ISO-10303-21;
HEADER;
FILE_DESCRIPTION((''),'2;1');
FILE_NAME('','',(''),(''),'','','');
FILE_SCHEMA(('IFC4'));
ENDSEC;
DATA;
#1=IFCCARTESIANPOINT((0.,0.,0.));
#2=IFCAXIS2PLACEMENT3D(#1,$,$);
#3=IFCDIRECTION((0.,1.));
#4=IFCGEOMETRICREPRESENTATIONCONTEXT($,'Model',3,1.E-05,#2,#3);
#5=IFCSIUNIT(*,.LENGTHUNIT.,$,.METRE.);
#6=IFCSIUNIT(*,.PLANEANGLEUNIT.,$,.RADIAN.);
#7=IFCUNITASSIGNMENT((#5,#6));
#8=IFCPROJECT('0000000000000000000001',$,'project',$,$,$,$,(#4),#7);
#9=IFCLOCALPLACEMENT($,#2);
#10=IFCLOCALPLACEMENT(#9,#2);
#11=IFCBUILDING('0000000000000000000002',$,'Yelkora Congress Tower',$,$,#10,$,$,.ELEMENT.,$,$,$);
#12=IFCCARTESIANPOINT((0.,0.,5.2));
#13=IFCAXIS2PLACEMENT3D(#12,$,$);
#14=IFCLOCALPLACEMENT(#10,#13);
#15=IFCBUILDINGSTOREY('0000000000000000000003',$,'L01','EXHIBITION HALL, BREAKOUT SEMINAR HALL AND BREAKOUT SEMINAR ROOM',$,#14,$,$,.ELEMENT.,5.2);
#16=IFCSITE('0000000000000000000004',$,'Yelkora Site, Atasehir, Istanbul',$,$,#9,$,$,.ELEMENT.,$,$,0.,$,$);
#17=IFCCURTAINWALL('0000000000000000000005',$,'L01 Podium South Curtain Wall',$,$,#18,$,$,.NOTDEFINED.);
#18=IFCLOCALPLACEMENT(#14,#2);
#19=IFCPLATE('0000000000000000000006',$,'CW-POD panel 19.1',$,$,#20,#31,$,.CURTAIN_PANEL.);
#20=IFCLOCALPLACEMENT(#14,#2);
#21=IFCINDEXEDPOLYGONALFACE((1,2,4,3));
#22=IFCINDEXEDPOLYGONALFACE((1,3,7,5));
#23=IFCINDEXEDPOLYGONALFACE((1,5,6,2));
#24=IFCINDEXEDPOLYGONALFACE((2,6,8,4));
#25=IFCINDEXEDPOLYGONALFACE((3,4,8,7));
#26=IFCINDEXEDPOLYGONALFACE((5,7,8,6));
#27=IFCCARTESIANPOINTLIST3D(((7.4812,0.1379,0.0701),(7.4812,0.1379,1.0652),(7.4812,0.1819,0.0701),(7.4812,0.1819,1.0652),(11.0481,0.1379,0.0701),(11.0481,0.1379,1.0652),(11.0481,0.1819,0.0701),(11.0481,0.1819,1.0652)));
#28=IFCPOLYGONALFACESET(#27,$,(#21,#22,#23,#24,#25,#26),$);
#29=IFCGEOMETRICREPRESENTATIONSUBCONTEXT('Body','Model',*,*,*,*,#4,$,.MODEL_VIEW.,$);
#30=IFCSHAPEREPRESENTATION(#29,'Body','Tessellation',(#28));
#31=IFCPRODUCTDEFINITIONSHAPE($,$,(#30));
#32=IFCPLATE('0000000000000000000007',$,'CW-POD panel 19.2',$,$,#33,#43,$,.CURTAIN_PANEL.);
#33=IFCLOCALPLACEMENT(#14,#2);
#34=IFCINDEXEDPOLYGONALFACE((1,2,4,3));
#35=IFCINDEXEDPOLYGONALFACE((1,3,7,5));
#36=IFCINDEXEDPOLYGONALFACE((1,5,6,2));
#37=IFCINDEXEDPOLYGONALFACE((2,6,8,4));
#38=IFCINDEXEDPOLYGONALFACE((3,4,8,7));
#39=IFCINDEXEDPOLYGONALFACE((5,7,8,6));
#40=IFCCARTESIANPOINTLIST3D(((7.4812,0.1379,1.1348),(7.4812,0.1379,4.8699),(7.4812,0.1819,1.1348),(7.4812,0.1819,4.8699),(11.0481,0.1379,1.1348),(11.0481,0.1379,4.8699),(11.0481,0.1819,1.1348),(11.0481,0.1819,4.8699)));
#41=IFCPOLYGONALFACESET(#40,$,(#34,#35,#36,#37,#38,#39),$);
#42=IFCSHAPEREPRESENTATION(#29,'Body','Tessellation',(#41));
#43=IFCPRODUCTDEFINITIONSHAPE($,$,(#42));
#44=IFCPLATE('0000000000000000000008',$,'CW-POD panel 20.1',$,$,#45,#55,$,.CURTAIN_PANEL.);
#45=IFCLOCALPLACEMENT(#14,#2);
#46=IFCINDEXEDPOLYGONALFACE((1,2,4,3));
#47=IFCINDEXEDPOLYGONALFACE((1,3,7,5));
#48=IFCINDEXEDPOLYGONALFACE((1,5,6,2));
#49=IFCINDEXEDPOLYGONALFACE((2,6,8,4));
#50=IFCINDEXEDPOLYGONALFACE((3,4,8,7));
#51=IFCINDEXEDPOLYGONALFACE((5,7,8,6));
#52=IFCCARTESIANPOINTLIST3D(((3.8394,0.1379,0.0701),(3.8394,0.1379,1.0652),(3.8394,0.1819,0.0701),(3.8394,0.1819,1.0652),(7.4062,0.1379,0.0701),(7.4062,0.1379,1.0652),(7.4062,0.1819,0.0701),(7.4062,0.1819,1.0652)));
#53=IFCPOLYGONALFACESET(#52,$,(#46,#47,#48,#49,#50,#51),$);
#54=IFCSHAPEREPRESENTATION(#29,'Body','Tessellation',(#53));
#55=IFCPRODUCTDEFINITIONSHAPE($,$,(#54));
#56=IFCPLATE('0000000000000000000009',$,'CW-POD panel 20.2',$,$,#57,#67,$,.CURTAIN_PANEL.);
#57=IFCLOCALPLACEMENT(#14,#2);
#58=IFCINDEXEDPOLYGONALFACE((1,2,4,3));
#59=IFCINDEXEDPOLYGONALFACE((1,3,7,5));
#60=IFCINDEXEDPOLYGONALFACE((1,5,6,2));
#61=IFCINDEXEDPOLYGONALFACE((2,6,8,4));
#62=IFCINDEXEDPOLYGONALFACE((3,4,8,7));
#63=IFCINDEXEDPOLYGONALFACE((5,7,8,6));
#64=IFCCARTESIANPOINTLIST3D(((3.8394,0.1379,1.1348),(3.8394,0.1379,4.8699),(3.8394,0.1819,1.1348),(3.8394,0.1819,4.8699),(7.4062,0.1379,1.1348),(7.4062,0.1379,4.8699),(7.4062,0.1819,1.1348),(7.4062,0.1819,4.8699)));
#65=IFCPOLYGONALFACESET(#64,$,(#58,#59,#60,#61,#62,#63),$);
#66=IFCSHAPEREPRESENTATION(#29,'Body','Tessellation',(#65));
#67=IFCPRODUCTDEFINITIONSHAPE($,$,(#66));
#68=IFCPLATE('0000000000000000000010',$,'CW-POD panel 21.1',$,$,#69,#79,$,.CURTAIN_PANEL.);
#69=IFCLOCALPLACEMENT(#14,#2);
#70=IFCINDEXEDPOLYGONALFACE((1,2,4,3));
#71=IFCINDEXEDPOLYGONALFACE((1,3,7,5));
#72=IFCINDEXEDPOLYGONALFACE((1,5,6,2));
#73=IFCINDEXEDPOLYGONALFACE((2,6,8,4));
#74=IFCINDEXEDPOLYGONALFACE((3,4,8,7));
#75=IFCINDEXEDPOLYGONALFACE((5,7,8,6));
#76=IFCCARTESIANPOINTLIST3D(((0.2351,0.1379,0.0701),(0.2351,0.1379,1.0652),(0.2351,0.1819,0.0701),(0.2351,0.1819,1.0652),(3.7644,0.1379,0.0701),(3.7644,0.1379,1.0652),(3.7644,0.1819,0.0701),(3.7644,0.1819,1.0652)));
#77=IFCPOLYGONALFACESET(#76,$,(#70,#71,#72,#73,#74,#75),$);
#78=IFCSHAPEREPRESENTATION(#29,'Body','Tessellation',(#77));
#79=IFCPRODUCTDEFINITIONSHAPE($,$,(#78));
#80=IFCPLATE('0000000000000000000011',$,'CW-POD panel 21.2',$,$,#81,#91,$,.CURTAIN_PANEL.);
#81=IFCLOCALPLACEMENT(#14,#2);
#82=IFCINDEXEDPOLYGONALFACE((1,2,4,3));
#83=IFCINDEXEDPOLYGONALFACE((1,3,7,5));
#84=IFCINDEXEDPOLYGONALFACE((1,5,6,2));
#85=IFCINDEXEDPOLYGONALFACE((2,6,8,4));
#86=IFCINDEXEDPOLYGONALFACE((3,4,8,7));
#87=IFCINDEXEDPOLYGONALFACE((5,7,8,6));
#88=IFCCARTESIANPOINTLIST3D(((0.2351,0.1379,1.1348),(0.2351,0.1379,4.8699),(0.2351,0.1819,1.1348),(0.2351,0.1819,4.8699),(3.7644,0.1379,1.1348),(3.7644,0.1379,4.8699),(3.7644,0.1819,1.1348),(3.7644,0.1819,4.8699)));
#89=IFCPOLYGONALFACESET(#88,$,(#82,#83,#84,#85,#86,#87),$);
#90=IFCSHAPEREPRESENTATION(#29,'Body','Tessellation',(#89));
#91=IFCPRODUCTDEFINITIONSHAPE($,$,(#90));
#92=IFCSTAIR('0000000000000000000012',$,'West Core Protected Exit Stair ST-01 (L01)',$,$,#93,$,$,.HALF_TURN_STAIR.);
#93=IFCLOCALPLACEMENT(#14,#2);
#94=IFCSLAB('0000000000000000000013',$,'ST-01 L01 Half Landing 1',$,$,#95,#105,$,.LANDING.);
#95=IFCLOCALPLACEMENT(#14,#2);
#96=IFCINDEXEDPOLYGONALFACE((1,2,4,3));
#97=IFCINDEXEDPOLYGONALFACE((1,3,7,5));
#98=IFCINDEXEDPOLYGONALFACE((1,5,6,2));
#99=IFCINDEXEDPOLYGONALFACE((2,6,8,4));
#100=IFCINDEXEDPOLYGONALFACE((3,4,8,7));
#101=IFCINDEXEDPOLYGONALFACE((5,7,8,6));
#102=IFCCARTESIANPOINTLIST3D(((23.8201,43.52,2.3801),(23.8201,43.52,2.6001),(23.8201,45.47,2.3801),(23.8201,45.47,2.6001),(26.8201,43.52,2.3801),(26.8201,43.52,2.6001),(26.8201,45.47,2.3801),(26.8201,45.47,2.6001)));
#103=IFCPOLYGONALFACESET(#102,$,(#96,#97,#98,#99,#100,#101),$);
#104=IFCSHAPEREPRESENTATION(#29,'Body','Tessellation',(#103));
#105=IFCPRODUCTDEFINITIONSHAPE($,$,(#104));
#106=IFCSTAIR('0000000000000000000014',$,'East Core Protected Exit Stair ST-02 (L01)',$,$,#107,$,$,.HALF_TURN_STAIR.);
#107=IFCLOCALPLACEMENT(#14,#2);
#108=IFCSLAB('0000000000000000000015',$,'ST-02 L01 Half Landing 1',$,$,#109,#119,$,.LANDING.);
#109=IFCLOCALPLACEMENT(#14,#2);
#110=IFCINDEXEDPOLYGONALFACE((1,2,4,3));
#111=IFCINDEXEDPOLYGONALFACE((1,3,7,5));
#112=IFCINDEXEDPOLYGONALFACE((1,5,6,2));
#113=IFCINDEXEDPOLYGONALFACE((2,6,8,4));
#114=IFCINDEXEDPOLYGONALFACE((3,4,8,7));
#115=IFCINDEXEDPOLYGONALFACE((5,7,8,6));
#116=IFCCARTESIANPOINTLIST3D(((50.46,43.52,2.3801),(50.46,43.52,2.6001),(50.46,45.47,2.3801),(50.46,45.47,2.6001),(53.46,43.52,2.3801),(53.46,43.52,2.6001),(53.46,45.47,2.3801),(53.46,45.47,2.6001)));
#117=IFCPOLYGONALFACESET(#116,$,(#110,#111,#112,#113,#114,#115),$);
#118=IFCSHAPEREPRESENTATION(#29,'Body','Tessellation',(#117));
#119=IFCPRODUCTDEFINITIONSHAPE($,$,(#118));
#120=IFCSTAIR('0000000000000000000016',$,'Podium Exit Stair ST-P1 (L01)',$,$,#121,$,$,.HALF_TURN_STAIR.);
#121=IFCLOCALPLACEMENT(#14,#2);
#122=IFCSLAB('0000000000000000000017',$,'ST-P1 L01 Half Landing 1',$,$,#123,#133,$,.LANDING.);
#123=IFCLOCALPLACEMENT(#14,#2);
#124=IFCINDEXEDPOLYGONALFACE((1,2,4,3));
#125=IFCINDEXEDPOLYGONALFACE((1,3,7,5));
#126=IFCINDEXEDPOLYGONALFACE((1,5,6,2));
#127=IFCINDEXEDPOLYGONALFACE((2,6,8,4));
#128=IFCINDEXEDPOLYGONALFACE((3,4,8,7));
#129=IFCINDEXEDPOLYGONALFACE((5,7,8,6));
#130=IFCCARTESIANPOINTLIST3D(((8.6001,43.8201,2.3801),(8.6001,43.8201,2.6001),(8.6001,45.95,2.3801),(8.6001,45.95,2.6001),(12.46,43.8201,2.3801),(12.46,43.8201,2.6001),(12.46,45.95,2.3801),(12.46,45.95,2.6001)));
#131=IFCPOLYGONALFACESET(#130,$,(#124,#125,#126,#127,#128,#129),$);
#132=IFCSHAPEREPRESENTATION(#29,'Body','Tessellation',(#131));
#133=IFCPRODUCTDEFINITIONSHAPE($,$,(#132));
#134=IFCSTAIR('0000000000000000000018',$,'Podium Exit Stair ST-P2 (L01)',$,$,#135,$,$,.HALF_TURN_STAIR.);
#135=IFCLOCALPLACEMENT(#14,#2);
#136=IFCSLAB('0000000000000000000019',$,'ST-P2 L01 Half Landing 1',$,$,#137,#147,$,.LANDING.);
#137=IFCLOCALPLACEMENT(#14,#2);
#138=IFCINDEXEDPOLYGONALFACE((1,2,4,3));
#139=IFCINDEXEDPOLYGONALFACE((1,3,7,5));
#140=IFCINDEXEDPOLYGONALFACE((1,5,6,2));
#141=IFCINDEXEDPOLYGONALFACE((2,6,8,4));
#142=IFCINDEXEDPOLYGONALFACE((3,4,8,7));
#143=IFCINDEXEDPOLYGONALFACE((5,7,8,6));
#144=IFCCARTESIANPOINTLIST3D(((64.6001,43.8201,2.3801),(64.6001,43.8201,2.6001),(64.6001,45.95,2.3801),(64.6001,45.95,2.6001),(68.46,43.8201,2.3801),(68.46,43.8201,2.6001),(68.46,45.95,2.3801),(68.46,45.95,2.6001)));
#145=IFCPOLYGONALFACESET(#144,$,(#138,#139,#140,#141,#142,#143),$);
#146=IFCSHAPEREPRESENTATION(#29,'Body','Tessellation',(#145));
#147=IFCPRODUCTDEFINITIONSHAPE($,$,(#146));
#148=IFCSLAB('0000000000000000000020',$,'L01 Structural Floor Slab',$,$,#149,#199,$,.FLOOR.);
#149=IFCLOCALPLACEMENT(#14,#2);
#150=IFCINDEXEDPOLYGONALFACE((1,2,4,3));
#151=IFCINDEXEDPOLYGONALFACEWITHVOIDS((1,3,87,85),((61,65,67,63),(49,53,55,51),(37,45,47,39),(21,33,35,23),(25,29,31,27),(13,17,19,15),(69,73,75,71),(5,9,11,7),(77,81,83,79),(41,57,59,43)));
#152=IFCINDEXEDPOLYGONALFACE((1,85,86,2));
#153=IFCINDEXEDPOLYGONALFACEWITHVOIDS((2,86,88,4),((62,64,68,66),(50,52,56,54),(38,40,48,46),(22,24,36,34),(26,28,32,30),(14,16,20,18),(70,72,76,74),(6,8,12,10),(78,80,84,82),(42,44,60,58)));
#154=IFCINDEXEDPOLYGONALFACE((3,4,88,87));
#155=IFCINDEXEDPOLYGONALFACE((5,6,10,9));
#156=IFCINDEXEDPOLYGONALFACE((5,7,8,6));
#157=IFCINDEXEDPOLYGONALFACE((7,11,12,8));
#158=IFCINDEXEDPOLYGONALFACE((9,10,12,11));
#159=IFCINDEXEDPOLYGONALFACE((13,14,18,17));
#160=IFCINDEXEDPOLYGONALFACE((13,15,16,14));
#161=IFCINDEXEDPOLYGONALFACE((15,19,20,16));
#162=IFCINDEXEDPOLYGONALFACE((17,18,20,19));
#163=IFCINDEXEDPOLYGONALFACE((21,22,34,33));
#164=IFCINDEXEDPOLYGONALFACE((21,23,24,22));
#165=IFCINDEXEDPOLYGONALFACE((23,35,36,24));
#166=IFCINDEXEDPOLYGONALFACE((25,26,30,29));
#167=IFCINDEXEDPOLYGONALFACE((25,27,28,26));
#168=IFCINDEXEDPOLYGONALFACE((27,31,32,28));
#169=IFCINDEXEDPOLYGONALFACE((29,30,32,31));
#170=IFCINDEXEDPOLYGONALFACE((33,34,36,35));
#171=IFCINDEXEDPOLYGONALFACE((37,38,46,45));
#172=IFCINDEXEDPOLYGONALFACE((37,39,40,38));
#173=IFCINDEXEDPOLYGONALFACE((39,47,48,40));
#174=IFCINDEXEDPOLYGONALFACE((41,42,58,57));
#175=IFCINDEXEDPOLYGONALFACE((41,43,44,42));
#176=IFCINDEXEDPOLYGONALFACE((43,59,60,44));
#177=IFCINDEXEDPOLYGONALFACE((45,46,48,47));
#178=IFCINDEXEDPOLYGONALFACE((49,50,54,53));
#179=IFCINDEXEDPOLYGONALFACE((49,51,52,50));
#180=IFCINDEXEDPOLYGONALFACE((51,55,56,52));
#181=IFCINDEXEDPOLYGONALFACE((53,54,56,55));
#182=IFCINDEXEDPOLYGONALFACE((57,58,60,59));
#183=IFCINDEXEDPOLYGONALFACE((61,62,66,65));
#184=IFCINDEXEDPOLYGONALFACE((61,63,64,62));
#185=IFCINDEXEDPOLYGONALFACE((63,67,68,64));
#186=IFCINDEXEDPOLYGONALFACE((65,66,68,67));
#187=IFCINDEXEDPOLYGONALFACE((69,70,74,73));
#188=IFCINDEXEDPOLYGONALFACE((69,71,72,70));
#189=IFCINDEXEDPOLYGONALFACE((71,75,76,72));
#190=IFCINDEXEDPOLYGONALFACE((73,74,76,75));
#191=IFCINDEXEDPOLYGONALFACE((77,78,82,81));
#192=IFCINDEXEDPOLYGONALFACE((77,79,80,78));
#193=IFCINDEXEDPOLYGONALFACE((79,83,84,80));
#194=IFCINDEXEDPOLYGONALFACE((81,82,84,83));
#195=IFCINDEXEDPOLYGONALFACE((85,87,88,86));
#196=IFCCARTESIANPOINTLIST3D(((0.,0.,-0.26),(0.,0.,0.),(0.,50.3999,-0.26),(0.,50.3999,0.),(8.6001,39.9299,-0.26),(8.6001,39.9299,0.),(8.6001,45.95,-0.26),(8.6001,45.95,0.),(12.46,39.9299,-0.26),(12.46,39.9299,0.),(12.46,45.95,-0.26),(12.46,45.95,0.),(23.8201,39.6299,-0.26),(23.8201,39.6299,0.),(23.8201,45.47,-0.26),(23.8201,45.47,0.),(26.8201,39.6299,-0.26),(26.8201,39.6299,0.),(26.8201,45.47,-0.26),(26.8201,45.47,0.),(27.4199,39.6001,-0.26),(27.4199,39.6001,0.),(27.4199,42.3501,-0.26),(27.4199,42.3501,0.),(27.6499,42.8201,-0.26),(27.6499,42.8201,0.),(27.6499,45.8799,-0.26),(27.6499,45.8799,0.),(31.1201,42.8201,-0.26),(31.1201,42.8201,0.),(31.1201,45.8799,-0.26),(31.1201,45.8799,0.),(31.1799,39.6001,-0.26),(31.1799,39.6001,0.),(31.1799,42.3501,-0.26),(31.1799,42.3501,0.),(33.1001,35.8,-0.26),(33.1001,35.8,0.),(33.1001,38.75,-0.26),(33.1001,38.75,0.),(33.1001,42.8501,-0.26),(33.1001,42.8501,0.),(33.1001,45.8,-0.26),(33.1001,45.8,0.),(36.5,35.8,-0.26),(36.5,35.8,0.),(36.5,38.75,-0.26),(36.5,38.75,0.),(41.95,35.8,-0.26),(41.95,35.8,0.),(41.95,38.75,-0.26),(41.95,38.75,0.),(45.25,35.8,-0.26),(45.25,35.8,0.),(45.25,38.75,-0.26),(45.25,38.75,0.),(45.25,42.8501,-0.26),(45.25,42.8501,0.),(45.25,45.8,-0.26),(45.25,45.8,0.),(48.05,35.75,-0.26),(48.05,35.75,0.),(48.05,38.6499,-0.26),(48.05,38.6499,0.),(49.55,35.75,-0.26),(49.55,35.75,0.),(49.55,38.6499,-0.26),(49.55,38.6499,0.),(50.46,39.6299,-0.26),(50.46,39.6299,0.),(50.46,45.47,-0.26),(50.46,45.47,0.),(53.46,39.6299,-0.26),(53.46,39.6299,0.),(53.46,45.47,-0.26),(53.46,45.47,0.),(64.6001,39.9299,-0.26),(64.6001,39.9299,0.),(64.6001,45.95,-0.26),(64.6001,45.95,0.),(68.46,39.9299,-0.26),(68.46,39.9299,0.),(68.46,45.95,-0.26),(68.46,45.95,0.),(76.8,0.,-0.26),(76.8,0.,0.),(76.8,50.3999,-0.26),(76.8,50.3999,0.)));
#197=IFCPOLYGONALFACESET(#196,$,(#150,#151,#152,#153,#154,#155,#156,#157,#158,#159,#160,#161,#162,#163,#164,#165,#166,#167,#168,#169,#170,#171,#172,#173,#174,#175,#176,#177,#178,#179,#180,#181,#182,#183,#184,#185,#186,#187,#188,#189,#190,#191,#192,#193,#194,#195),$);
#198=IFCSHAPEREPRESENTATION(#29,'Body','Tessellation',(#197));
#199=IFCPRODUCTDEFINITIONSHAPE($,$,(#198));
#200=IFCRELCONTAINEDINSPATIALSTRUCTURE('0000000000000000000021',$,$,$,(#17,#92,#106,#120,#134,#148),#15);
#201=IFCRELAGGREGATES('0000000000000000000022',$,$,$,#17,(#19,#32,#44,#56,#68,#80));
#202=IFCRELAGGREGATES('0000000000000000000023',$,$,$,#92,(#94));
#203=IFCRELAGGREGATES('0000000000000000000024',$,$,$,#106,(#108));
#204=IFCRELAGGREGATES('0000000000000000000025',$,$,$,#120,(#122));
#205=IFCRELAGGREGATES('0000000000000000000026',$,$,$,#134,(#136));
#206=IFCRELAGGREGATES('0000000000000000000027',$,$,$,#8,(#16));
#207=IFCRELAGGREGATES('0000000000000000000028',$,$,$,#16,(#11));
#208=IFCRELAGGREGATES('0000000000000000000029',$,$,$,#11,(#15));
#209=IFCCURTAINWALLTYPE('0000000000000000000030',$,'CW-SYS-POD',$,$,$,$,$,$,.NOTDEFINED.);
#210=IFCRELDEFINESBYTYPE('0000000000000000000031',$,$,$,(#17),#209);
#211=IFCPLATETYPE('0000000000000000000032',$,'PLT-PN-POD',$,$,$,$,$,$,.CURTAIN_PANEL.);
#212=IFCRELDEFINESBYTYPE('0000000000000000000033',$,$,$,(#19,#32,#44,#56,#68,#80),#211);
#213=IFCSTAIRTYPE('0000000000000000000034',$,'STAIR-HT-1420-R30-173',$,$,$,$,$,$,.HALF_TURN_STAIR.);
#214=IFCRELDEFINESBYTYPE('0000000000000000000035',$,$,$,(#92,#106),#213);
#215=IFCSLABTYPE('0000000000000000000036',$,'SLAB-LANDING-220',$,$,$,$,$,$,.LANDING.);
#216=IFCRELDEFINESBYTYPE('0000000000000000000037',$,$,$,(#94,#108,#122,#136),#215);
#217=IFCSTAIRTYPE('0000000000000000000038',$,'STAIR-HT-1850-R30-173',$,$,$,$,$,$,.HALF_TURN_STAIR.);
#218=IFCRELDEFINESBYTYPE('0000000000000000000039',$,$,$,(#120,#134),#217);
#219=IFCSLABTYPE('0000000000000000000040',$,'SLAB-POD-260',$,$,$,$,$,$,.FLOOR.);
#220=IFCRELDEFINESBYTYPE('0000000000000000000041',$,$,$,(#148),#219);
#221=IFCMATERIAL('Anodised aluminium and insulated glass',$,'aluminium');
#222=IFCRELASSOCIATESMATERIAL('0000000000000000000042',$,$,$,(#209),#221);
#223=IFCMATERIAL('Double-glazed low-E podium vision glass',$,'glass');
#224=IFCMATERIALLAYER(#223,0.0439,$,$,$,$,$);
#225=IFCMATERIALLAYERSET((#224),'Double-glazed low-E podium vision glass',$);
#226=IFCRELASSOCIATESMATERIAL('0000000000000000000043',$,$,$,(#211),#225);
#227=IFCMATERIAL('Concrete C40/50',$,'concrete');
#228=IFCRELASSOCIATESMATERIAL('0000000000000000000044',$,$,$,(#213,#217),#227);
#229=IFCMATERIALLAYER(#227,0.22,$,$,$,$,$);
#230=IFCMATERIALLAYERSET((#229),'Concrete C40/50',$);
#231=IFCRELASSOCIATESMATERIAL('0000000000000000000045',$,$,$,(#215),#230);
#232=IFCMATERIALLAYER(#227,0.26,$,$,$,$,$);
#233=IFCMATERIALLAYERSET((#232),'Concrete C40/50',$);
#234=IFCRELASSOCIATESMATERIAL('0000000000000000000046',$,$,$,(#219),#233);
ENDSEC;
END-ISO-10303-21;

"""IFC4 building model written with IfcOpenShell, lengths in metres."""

from ifc_helpers import new_model, si_unit, direction, frame, origin, origin_2d, place, context, subcontext, project, spatial, polyline, rectangle, outline, extrude, material, layer, layer_set, type_object, element, aggregate, save


model = new_model("IFC4")

# Units and contexts
model_context = context("Model", 3, precision=1e-05, world=origin(), true_north=direction((0.0, 1.0)))
body_context = subcontext(model_context, "Body", "Model", "MODEL_VIEW")
ifc_project = project(units=[si_unit("LENGTHUNIT", "METRE"), si_unit("PLANEANGLEUNIT", "RADIAN")], contexts=[model_context])

# Site, building, storey
site_placement = place(None, origin())
site = spatial("IfcSite", under=ifc_project, at=site_placement, Name="Yelkora Site, Atasehir, Istanbul", CompositionType="ELEMENT", RefElevation=0.0)
building_placement = place(site_placement, origin())
building = spatial("IfcBuilding", under=site, at=building_placement, Name="Yelkora Congress Tower", CompositionType="ELEMENT")
storey_placement = place(building_placement, frame((0.0, 0.0, 5.2)))
storey = spatial("IfcBuildingStorey", under=building, at=storey_placement, Name="L01", Description="EXHIBITION HALL, BREAKOUT SEMINAR HALL AND BREAKOUT SEMINAR ROOM", CompositionType="ELEMENT", Elevation=5.2)

# Curtain wall, plates
ifc_material_1 = material(Name="Anodised aluminium and insulated glass", Category="aluminium")
curtain_wall_type = type_object("IfcCurtainWallType", Name="CW-SYS-POD", PredefinedType="NOTDEFINED", material=ifc_material_1)
curtain_wall_placement = place(storey_placement, origin())
curtain_wall = element("IfcCurtainWall", 1, at=curtain_wall_placement, inside=storey, type_object=curtain_wall_type, Name="L01 Podium South Curtain Wall", PredefinedType="NOTDEFINED")
ifc_material_2 = material(Name="Double-glazed low-E podium vision glass", Category="glass")
ifc_layer_1 = layer(ifc_material_2, 0.0439)
ifc_layer_set_1 = layer_set([ifc_layer_1], Name="Double-glazed low-E podium vision glass")
plate_type = type_object("IfcPlateType", Name="PLT-PN-POD", PredefinedType="CURTAIN_PANEL", material=ifc_layer_set_1)
plate_1_placement = place(storey_placement, frame((9.2646, 0.1599, 0.0701), z_axis=(0.0, 0.0, 1.0), x_axis=(-1.0, 0.0, 0.0)))
plate_1 = element("IfcPlate", 2, at=plate_1_placement, type_object=plate_type, Name="CW-POD panel 19.1", PredefinedType="CURTAIN_PANEL", context=body_context, shape_type="SweptSolid", body=[
    extrude(rectangle(XDim=3.5669, YDim=0.0439, at=origin_2d()), origin(), (0.0, 0.0, 1.0), 0.9951),
])
plate_2_placement = place(storey_placement, frame((9.2646, 0.1599, 1.1348), z_axis=(0.0, 0.0, 1.0), x_axis=(-1.0, 0.0, 0.0)))
plate_2 = element("IfcPlate", 3, at=plate_2_placement, type_object=plate_type, Name="CW-POD panel 19.2", PredefinedType="CURTAIN_PANEL", context=body_context, shape_type="SweptSolid", body=[
    extrude(rectangle(XDim=3.5669, YDim=0.0439, at=origin_2d()), origin(), (0.0, 0.0, 1.0), 3.7351),
])
plate_3_placement = place(storey_placement, frame((5.6228, 0.1599, 0.0701), z_axis=(0.0, 0.0, 1.0), x_axis=(-1.0, 0.0, 0.0)))
plate_3 = element("IfcPlate", 4, at=plate_3_placement, type_object=plate_type, Name="CW-POD panel 20.1", PredefinedType="CURTAIN_PANEL", context=body_context, shape_type="SweptSolid", body=[
    extrude(rectangle(XDim=3.5669, YDim=0.0439, at=origin_2d()), origin(), (0.0, 0.0, 1.0), 0.9951),
])
plate_4_placement = place(storey_placement, frame((5.6228, 0.1599, 1.1348), z_axis=(0.0, 0.0, 1.0), x_axis=(-1.0, 0.0, 0.0)))
plate_4 = element("IfcPlate", 5, at=plate_4_placement, type_object=plate_type, Name="CW-POD panel 20.2", PredefinedType="CURTAIN_PANEL", context=body_context, shape_type="SweptSolid", body=[
    extrude(rectangle(XDim=3.5669, YDim=0.0439, at=origin_2d()), origin(), (0.0, 0.0, 1.0), 3.7351),
])
plate_5_placement = place(storey_placement, frame((1.9998, 0.1599, 0.0701), z_axis=(0.0, 0.0, 1.0), x_axis=(-1.0, 0.0, 0.0)))
plate_5 = element("IfcPlate", 6, at=plate_5_placement, type_object=plate_type, Name="CW-POD panel 21.1", PredefinedType="CURTAIN_PANEL", context=body_context, shape_type="SweptSolid", body=[
    extrude(rectangle(XDim=3.5293, YDim=0.0439, at=origin_2d()), origin(), (0.0, 0.0, 1.0), 0.9951),
])
plate_6_placement = place(storey_placement, frame((1.9998, 0.1599, 1.1348), z_axis=(0.0, 0.0, 1.0), x_axis=(-1.0, 0.0, 0.0)))
plate_6 = element("IfcPlate", 7, at=plate_6_placement, type_object=plate_type, Name="CW-POD panel 21.2", PredefinedType="CURTAIN_PANEL", context=body_context, shape_type="SweptSolid", body=[
    extrude(rectangle(XDim=3.5293, YDim=0.0439, at=origin_2d()), origin(), (0.0, 0.0, 1.0), 3.7351),
])
aggregate(curtain_wall, [plate_1, plate_2, plate_3, plate_4, plate_5, plate_6])

# Stairs, slabs
ifc_material_3 = material(Name="Concrete C40/50", Category="concrete")
stair_type_1 = type_object("IfcStairType", Name="STAIR-HT-1420-R30-173", PredefinedType="HALF_TURN_STAIR", material=ifc_material_3)
stair_1_placement = place(storey_placement, origin())
stair_1 = element("IfcStair", 8, at=stair_1_placement, inside=storey, type_object=stair_type_1, Name="West Core Protected Exit Stair ST-01 (L01)", PredefinedType="HALF_TURN_STAIR")
ifc_layer_2 = layer(ifc_material_3, 0.22)
ifc_layer_set_2 = layer_set([ifc_layer_2], Name="Concrete C40/50")
slab_type_1 = type_object("IfcSlabType", Name="SLAB-LANDING-220", PredefinedType="LANDING", material=ifc_layer_set_2)
slab_1_placement = place(storey_placement, frame((0.0, 0.0, 2.3801)))
slab_1 = element("IfcSlab", 9, at=slab_1_placement, type_object=slab_type_1, Name="ST-01 L01 Half Landing 1", PredefinedType="LANDING", context=body_context, shape_type="SweptSolid", body=[
    extrude(outline(polyline([(26.8201, 43.52), (26.8201, 45.47), (23.8201, 45.47), (23.8201, 43.52), (26.8201, 43.52)])), origin(), (0.0, 0.0, 1.0), 0.22),
])
aggregate(stair_1, [slab_1])
stair_2_placement = place(storey_placement, origin())
stair_2 = element("IfcStair", 10, at=stair_2_placement, inside=storey, type_object=stair_type_1, Name="East Core Protected Exit Stair ST-02 (L01)", PredefinedType="HALF_TURN_STAIR")
slab_2_placement = place(storey_placement, frame((0.0, 0.0, 2.3801)))
slab_2 = element("IfcSlab", 11, at=slab_2_placement, type_object=slab_type_1, Name="ST-02 L01 Half Landing 1", PredefinedType="LANDING", context=body_context, shape_type="SweptSolid", body=[
    extrude(outline(polyline([(53.46, 43.52), (53.46, 45.47), (50.46, 45.47), (50.46, 43.52), (53.46, 43.52)])), origin(), (0.0, 0.0, 1.0), 0.22),
])
aggregate(stair_2, [slab_2])
stair_type_2 = type_object("IfcStairType", Name="STAIR-HT-1850-R30-173", PredefinedType="HALF_TURN_STAIR", material=ifc_material_3)
stair_3_placement = place(storey_placement, origin())
stair_3 = element("IfcStair", 12, at=stair_3_placement, inside=storey, type_object=stair_type_2, Name="Podium Exit Stair ST-P1 (L01)", PredefinedType="HALF_TURN_STAIR")
slab_3_placement = place(storey_placement, frame((0.0, 0.0, 2.3801)))
slab_3 = element("IfcSlab", 13, at=slab_3_placement, type_object=slab_type_1, Name="ST-P1 L01 Half Landing 1", PredefinedType="LANDING", context=body_context, shape_type="SweptSolid", body=[
    extrude(outline(polyline([(12.46, 43.8201), (12.46, 45.95), (8.6001, 45.95), (8.6001, 43.8201), (12.46, 43.8201)])), origin(), (0.0, 0.0, 1.0), 0.22),
])
aggregate(stair_3, [slab_3])
stair_4_placement = place(storey_placement, origin())
stair_4 = element("IfcStair", 14, at=stair_4_placement, inside=storey, type_object=stair_type_2, Name="Podium Exit Stair ST-P2 (L01)", PredefinedType="HALF_TURN_STAIR")
slab_4_placement = place(storey_placement, frame((0.0, 0.0, 2.3801)))
slab_4 = element("IfcSlab", 15, at=slab_4_placement, type_object=slab_type_1, Name="ST-P2 L01 Half Landing 1", PredefinedType="LANDING", context=body_context, shape_type="SweptSolid", body=[
    extrude(outline(polyline([(68.46, 43.8201), (68.46, 45.95), (64.6001, 45.95), (64.6001, 43.8201), (68.46, 43.8201)])), origin(), (0.0, 0.0, 1.0), 0.22),
])
aggregate(stair_4, [slab_4])

# Slab
ifc_layer_3 = layer(ifc_material_3, 0.26)
ifc_layer_set_3 = layer_set([ifc_layer_3], Name="Concrete C40/50")
slab_type_2 = type_object("IfcSlabType", Name="SLAB-POD-260", PredefinedType="FLOOR", material=ifc_layer_set_3)
slab_5_placement = place(storey_placement, frame((0.0, 0.0, -0.26)))
element("IfcSlab", 16, at=slab_5_placement, inside=storey, type_object=slab_type_2, Name="L01 Structural Floor Slab", PredefinedType="FLOOR", context=body_context, shape_type="SweptSolid", body=[
    extrude(outline(polyline([(0.0, 0.0), (76.8, 0.0), (76.8, 50.3999), (0.0, 50.3999), (0.0, 0.0)]), holes=[polyline([(23.8201, 39.6299), (26.8201, 39.6299), (26.8201, 45.47), (23.8201, 45.47), (23.8201, 39.6299)]), polyline([(50.46, 39.6299), (53.46, 39.6299), (53.46, 45.47), (50.46, 45.47), (50.46, 39.6299)]), polyline([(8.6001, 39.9299), (12.46, 39.9299), (12.46, 45.95), (8.6001, 45.95), (8.6001, 39.9299)]), polyline([(64.6001, 39.9299), (68.46, 39.9299), (68.46, 45.95), (64.6001, 45.95), (64.6001, 39.9299)]), polyline([(48.05, 35.75), (49.55, 35.75), (49.55, 38.6499), (48.05, 38.6499), (48.05, 35.75)]), polyline([(41.95, 35.8), (45.25, 35.8), (45.25, 38.75), (41.95, 38.75), (41.95, 35.8)]), polyline([(33.1001, 42.8501), (45.25, 42.8501), (45.25, 45.8), (33.1001, 45.8), (33.1001, 42.8501)]), polyline([(33.1001, 35.8), (36.5, 35.8), (36.5, 38.75), (33.1001, 38.75), (33.1001, 35.8)]), polyline([(27.4199, 39.6001), (31.1799, 39.6001), (31.1799, 42.3501), (27.4199, 42.3501), (27.4199, 39.6001)]), polyline([(27.6499, 42.8201), (31.1201, 42.8201), (31.1201, 45.8799), (27.6499, 45.8799), (27.6499, 42.8201)])]), origin(), (0.0, 0.0, 1.0), 0.26),
])

save(model, "model.ifc")
